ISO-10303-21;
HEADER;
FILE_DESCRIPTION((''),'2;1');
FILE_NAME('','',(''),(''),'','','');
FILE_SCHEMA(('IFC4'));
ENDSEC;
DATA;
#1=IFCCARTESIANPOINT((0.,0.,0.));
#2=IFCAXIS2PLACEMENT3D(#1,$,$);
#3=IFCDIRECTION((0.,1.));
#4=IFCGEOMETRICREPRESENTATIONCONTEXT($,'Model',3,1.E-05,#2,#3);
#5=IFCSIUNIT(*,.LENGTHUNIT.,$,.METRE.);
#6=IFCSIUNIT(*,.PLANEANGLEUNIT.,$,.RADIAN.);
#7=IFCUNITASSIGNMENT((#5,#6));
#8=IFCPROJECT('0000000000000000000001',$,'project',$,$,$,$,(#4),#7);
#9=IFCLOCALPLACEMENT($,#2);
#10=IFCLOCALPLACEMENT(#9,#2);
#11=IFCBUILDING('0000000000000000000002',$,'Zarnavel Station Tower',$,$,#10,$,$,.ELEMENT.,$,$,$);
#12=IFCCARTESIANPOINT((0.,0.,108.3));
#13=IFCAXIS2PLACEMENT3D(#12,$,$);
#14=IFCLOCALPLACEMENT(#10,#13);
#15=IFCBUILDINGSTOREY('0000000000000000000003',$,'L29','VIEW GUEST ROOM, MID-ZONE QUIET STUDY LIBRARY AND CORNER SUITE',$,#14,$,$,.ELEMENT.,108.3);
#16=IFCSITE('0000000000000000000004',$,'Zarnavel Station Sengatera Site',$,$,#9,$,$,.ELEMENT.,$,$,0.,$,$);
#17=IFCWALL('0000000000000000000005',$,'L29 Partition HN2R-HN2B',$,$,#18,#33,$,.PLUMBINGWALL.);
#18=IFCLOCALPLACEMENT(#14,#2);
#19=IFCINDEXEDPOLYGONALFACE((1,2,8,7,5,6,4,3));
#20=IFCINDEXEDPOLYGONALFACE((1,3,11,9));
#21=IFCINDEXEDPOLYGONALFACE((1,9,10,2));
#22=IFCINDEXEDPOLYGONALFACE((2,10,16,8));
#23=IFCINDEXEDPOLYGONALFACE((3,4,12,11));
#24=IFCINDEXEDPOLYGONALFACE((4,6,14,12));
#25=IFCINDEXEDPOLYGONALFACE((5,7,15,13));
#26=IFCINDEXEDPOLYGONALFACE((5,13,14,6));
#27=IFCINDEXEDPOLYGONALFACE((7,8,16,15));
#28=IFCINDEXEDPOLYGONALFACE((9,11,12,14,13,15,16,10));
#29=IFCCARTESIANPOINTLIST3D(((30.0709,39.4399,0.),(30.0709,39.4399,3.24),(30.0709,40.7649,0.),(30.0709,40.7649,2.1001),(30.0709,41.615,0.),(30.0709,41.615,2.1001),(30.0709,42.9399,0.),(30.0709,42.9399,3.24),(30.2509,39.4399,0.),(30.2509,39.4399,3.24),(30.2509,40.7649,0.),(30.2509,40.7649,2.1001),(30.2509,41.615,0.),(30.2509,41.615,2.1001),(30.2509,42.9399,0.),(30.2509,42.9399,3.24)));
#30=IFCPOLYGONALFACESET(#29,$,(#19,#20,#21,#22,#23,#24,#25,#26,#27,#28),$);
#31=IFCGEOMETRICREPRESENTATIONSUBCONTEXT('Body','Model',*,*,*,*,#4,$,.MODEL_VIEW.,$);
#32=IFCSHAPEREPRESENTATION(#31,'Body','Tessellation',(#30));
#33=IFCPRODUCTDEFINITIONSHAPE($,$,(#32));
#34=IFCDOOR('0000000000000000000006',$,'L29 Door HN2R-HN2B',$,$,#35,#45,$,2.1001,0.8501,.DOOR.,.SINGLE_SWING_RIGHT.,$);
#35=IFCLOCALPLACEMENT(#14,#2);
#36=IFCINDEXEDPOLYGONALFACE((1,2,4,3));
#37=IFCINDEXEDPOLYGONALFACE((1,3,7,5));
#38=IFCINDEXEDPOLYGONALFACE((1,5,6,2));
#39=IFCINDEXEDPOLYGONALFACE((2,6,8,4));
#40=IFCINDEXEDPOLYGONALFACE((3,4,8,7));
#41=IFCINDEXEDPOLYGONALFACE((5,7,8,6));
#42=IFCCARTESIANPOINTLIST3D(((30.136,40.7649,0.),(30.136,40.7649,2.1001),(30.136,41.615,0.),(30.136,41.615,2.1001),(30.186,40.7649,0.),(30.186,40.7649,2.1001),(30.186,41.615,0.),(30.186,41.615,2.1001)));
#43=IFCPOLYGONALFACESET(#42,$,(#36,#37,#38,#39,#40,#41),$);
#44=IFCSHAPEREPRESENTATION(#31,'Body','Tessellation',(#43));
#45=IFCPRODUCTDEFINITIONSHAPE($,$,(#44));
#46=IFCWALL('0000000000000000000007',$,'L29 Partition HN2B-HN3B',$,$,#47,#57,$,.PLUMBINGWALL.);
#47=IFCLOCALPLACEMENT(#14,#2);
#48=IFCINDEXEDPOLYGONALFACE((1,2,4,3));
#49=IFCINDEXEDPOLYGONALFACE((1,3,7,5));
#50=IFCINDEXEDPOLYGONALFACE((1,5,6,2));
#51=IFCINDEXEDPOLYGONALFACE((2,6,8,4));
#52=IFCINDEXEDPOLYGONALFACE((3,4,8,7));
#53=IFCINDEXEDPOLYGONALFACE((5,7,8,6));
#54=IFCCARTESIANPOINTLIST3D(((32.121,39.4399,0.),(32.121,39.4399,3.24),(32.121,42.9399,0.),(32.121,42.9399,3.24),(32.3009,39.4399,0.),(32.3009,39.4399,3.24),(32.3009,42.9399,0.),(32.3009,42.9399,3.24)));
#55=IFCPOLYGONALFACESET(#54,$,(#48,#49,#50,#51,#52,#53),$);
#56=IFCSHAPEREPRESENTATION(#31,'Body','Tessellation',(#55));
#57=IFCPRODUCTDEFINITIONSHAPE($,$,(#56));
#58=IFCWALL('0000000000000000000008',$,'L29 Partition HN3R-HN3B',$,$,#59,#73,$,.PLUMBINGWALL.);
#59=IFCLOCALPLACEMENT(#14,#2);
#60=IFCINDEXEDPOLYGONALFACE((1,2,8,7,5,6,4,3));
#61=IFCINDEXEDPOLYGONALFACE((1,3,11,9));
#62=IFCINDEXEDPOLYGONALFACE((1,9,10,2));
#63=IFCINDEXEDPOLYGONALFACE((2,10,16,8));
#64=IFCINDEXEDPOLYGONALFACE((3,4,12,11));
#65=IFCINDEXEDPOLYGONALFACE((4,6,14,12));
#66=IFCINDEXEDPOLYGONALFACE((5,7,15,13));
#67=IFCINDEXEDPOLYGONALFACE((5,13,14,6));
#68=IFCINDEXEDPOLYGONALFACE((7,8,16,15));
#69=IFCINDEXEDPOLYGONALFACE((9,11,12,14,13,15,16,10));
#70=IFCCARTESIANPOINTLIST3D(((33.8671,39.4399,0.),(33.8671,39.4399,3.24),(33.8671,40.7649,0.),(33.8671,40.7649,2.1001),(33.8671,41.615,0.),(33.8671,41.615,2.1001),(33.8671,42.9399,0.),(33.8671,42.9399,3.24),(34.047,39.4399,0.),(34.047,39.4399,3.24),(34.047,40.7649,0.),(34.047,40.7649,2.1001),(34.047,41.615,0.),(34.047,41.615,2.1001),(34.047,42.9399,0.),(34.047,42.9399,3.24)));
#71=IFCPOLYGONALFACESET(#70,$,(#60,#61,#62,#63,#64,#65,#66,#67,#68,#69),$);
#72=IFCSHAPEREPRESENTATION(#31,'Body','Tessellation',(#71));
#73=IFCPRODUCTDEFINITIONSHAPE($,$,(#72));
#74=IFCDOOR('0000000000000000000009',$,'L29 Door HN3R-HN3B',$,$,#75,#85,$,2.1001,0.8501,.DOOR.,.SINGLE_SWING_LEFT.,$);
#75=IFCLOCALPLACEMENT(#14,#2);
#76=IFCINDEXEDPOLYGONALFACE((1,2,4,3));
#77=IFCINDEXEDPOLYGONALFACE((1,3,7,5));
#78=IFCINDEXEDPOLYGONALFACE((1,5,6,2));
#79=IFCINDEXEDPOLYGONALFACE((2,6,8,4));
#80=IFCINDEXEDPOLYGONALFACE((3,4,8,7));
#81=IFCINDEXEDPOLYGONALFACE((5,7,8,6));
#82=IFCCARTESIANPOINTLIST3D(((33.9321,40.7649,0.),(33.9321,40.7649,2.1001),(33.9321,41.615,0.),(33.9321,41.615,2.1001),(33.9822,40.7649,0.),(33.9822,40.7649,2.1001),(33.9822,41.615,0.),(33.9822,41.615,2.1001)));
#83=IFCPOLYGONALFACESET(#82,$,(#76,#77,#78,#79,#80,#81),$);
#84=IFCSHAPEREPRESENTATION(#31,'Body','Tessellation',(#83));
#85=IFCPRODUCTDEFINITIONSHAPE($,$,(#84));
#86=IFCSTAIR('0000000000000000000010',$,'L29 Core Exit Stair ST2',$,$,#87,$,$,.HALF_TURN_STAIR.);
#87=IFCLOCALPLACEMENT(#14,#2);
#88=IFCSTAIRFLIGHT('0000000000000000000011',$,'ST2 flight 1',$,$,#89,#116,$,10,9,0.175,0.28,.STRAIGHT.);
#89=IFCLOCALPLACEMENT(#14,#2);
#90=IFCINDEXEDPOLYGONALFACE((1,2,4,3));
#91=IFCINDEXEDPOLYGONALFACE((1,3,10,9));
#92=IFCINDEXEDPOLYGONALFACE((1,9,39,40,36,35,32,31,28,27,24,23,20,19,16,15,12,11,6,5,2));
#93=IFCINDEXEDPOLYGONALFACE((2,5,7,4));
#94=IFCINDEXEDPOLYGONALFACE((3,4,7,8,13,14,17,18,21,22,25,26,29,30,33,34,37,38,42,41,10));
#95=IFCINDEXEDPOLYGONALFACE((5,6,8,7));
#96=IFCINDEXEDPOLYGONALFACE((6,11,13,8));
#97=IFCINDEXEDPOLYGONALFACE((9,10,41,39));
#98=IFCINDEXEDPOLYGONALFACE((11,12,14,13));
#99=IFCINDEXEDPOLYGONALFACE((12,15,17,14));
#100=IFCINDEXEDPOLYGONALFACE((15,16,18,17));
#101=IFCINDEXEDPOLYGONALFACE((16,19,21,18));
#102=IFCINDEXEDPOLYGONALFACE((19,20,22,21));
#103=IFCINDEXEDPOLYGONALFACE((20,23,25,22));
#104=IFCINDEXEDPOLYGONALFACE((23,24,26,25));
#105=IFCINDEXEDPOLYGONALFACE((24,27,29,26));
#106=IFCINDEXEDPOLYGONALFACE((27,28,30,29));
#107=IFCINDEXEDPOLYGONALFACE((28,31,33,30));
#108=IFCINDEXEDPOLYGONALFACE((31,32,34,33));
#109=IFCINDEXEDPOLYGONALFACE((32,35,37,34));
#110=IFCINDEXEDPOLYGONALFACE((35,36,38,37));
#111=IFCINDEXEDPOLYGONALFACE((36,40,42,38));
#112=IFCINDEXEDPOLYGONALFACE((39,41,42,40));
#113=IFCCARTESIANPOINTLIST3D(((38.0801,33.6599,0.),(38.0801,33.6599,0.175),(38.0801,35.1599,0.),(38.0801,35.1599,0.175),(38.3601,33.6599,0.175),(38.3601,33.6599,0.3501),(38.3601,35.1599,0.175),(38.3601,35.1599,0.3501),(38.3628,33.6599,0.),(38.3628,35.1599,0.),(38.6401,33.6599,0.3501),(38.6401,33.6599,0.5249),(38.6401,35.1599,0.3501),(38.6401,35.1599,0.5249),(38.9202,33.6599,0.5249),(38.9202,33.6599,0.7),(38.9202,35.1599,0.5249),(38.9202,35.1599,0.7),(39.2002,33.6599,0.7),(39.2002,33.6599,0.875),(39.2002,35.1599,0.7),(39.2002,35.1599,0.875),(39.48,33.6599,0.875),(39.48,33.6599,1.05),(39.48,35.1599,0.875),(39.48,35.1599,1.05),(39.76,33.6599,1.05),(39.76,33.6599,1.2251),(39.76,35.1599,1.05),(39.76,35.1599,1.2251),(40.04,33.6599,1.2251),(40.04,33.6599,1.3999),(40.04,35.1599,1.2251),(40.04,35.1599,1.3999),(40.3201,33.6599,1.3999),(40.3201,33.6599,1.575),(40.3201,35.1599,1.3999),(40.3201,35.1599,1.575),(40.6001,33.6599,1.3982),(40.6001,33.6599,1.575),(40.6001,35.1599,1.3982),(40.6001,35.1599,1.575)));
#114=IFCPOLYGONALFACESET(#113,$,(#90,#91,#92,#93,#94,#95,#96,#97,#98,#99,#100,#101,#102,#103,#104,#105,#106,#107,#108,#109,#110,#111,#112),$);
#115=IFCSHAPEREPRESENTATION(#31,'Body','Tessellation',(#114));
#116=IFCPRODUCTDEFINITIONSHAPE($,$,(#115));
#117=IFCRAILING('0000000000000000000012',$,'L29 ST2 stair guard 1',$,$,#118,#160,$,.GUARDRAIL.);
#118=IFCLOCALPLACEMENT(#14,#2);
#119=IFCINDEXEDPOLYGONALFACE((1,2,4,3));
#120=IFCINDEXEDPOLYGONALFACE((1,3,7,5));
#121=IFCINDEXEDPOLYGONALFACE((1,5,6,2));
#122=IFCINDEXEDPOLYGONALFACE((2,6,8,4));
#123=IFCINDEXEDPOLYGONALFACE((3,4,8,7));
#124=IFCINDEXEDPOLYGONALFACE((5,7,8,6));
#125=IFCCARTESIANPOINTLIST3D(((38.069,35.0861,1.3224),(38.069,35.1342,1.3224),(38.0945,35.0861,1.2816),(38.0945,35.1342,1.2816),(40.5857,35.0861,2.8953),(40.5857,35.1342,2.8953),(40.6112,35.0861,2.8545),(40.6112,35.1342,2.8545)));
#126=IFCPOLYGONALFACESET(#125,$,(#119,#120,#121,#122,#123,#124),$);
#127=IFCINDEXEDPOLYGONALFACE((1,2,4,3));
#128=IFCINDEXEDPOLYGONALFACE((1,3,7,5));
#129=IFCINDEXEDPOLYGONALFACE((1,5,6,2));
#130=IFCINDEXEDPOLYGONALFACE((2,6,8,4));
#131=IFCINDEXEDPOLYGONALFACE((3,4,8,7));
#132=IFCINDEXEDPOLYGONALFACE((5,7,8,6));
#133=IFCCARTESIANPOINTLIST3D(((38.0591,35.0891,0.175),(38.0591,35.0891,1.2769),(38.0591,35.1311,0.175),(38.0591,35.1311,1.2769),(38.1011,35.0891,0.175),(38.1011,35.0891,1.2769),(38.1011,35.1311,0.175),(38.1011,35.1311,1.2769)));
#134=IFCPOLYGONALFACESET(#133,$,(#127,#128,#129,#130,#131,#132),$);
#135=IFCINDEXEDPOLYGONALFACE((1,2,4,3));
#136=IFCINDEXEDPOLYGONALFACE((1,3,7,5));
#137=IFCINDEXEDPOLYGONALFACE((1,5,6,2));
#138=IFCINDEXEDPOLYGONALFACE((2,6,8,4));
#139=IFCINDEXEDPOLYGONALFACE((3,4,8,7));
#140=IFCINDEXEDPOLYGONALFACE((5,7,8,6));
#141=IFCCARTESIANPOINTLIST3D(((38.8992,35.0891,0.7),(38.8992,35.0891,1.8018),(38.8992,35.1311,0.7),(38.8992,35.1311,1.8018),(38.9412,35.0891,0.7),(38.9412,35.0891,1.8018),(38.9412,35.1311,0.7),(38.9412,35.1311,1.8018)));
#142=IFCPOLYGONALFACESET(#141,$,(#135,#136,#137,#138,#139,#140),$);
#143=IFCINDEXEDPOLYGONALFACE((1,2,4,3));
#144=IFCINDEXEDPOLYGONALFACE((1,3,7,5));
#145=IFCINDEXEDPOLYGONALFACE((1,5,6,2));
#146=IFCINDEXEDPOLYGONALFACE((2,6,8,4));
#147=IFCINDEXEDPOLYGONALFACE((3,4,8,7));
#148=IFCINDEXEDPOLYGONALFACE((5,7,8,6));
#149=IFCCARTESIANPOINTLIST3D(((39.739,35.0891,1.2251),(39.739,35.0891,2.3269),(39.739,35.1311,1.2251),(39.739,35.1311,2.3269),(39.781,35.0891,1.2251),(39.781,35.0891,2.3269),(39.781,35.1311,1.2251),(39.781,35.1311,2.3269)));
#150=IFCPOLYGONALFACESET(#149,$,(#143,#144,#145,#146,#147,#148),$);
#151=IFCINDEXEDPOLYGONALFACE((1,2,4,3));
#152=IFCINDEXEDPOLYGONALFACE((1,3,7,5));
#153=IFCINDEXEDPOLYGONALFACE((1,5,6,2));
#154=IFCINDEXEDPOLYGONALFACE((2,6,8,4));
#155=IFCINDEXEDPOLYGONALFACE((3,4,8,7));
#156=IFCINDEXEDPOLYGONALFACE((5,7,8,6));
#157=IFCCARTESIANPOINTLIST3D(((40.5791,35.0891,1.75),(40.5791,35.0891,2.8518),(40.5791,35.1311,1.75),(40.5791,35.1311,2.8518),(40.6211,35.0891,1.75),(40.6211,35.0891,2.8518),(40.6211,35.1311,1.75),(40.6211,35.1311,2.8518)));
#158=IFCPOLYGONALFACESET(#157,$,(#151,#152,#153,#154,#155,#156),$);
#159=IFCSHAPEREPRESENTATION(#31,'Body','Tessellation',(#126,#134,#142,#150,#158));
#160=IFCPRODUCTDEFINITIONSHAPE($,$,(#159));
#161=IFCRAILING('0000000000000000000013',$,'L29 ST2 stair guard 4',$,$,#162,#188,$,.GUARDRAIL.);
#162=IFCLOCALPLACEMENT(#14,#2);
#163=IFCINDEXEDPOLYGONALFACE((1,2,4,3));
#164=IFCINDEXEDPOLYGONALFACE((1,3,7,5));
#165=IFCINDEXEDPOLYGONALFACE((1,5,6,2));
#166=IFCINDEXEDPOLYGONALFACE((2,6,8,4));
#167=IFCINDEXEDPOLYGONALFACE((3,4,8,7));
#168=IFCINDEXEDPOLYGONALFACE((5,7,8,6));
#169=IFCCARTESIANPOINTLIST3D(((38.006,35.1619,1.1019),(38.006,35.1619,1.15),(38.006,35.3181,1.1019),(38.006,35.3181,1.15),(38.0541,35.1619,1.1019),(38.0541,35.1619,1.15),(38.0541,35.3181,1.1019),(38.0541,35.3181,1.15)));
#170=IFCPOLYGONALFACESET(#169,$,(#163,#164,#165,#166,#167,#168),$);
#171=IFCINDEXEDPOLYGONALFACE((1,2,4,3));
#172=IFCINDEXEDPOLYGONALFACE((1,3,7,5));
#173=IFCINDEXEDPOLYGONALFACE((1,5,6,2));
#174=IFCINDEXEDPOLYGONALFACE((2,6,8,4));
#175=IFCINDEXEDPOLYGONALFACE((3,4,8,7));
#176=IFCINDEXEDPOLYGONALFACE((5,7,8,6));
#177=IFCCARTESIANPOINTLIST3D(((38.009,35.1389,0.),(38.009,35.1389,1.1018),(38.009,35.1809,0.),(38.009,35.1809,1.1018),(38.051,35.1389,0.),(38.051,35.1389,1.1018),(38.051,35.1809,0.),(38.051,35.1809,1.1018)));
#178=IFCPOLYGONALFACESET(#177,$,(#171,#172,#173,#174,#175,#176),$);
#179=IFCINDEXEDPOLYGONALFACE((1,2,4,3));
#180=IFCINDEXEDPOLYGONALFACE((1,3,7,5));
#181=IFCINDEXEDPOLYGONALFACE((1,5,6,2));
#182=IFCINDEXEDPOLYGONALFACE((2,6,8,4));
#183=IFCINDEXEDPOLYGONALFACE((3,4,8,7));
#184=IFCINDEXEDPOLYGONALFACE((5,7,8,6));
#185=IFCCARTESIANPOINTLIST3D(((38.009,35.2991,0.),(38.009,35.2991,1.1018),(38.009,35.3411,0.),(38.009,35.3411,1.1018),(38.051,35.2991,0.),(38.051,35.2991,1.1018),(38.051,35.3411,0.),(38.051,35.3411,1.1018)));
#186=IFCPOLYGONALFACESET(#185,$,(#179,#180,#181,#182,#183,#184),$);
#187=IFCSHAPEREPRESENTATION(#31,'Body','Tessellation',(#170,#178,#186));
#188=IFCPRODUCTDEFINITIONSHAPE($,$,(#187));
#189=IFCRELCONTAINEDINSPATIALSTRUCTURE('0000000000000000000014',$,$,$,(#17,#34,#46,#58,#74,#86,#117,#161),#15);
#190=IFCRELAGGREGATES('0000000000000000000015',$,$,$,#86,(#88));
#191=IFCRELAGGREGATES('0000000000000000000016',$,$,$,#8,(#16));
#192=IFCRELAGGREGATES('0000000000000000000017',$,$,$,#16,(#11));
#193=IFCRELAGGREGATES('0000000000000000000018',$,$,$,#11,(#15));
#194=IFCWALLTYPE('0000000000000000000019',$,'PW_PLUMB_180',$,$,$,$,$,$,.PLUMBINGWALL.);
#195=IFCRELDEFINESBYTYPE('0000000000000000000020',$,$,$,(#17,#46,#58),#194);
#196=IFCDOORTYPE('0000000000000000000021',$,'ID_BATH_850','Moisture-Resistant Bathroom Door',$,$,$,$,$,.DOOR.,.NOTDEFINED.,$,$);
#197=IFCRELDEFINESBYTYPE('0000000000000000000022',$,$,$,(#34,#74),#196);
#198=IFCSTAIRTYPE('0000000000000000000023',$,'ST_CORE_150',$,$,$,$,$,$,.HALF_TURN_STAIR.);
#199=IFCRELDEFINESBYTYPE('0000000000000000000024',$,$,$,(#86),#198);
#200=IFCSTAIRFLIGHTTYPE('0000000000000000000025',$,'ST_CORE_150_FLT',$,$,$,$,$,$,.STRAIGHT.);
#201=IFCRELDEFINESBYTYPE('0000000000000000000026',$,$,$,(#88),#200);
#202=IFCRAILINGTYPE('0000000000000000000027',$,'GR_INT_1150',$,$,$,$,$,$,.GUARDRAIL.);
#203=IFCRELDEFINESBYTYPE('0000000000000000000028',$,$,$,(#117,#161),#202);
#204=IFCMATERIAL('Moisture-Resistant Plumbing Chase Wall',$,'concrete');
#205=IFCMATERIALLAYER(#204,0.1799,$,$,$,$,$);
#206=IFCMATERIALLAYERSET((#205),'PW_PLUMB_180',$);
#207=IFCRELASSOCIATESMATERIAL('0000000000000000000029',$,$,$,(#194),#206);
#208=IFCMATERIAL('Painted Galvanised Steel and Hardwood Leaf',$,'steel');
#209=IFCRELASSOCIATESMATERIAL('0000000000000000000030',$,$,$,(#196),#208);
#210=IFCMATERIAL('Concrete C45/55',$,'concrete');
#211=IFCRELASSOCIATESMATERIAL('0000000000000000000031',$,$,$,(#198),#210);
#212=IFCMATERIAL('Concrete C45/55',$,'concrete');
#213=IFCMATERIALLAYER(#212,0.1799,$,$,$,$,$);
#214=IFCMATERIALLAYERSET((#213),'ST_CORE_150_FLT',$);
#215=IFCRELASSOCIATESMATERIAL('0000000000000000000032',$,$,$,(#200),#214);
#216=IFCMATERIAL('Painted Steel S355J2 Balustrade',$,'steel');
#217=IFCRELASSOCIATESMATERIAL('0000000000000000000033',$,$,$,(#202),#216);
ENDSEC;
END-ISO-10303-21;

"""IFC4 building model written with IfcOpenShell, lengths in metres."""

from ifc_helpers import new_model, si_unit, direction, frame, frame_2d, origin, origin_2d, place, context, subcontext, project, spatial, polyline, rectangle, outline, extrude, material, layer, layer_set, type_object, element, fill, aggregate, save


model = new_model("IFC4")

# Units and contexts
model_context = context("Model", 3, precision=1e-05, world=origin(), true_north=direction((0.0, 1.0)))
body_context = subcontext(model_context, "Body", "Model", "MODEL_VIEW")
ifc_project = project(units=[si_unit("LENGTHUNIT", "METRE"), si_unit("PLANEANGLEUNIT", "RADIAN")], contexts=[model_context])

# Site, building, storey
site_placement = place(None, origin())
site = spatial("IfcSite", under=ifc_project, at=site_placement, Name="Zarnavel Station Sengatera Site", CompositionType="ELEMENT", RefElevation=0.0)
building_placement = place(site_placement, origin())
building = spatial("IfcBuilding", under=site, at=building_placement, Name="Zarnavel Station Tower", CompositionType="ELEMENT")
storey_placement = place(building_placement, frame((0.0, 0.0, 108.3)))
storey = spatial("IfcBuildingStorey", under=building, at=storey_placement, Name="L29", Description="VIEW GUEST ROOM, MID-ZONE QUIET STUDY LIBRARY AND CORNER SUITE", CompositionType="ELEMENT", Elevation=108.3)

# Shared definitions
ifc_material_1 = material(Name="Moisture-Resistant Plumbing Chase Wall", Category="concrete")
ifc_layer_1 = layer(ifc_material_1, 0.1799)
ifc_layer_set_1 = layer_set([ifc_layer_1], Name="PW_PLUMB_180")
wall_type_1 = type_object("IfcWallType", Name="PW_PLUMB_180", PredefinedType="PLUMBINGWALL", material=ifc_layer_set_1)

# Wall, opening, door
wall_1_placement = place(storey_placement, frame((30.1609, 39.4399, 0.0), z_axis=(0.0, 0.0, 1.0), x_axis=(0.0, 1.0, 0.0)))
wall_1 = element("IfcWall", 1, at=wall_1_placement, inside=storey, type_object=wall_type_1, Name="L29 Partition HN2R-HN2B", PredefinedType="PLUMBINGWALL", context=body_context, shape_type="SweptSolid", body=[
    extrude(rectangle(XDim=3.5, YDim=0.1799, at=frame_2d((1.75, 0.0))), origin(), (0.0, 0.0, 1.0), 3.24),
])
opening_1_placement = place(wall_1_placement, frame((1.325, 0.0, 0.0)))
opening_1 = element("IfcOpeningElement", 2, at=opening_1_placement, cuts=wall_1, PredefinedType="OPENING", context=body_context, shape_type="SweptSolid", body=[
    extrude(rectangle(XDim=0.8501, YDim=2.1001, at=frame_2d((0.425, 1.05))), frame((0.0, 0.0999, 0.0), z_axis=(0.0, -1.0, 0.0), x_axis=(1.0, 0.0, 0.0)), (0.0, 0.0, 1.0), 0.2),
])
ifc_material_2 = material(Name="Painted Galvanised Steel and Hardwood Leaf", Category="steel")
door_type_1 = type_object("IfcDoorType", Name="ID_BATH_850", Description="Moisture-Resistant Bathroom Door", OperationType="NOTDEFINED", PredefinedType="DOOR", material=ifc_material_2)
door_1_placement = place(opening_1_placement, origin())
door_1 = element("IfcDoor", 3, at=door_1_placement, inside=storey, type_object=door_type_1, Name="L29 Door HN2R-HN2B", OperationType="SINGLE_SWING_RIGHT", OverallHeight=2.1001, OverallWidth=0.8501, PredefinedType="DOOR", context=body_context, shape_type="SweptSolid", body=[
    extrude(rectangle(XDim=0.8501, YDim=2.1001, at=frame_2d((0.425, 1.05))), frame((0.0, 0.0249, 0.0), z_axis=(0.0, -1.0, 0.0), x_axis=(1.0, 0.0, 0.0)), (0.0, 0.0, 1.0), 0.05),
])
fill(opening_1, door_1)

# Wall
wall_2_placement = place(storey_placement, frame((32.2109, 39.4399, 0.0), z_axis=(0.0, 0.0, 1.0), x_axis=(0.0, 1.0, 0.0)))
element("IfcWall", 4, at=wall_2_placement, inside=storey, type_object=wall_type_1, Name="L29 Partition HN2B-HN3B", PredefinedType="PLUMBINGWALL", context=body_context, shape_type="SweptSolid", body=[
    extrude(rectangle(XDim=3.5, YDim=0.1799, at=frame_2d((1.75, 0.0))), origin(), (0.0, 0.0, 1.0), 3.24),
])

# Wall, opening, door
wall_3_placement = place(storey_placement, frame((33.957, 39.4399, 0.0), z_axis=(0.0, 0.0, 1.0), x_axis=(0.0, 1.0, 0.0)))
wall_3 = element("IfcWall", 5, at=wall_3_placement, inside=storey, type_object=wall_type_1, Name="L29 Partition HN3R-HN3B", PredefinedType="PLUMBINGWALL", context=body_context, shape_type="SweptSolid", body=[
    extrude(rectangle(XDim=3.5, YDim=0.1799, at=frame_2d((1.75, 0.0))), origin(), (0.0, 0.0, 1.0), 3.24),
])
opening_2_placement = place(wall_3_placement, frame((1.325, 0.0, 0.0)))
opening_2 = element("IfcOpeningElement", 6, at=opening_2_placement, cuts=wall_3, PredefinedType="OPENING", context=body_context, shape_type="SweptSolid", body=[
    extrude(rectangle(XDim=0.8501, YDim=2.1001, at=frame_2d((0.425, 1.05))), frame((0.0, 0.0999, 0.0), z_axis=(0.0, -1.0, 0.0), x_axis=(1.0, 0.0, 0.0)), (0.0, 0.0, 1.0), 0.2),
])
door_2_placement = place(opening_2_placement, origin())
door_2 = element("IfcDoor", 7, at=door_2_placement, inside=storey, type_object=door_type_1, Name="L29 Door HN3R-HN3B", OperationType="SINGLE_SWING_LEFT", OverallHeight=2.1001, OverallWidth=0.8501, PredefinedType="DOOR", context=body_context, shape_type="SweptSolid", body=[
    extrude(rectangle(XDim=0.8501, YDim=2.1001, at=frame_2d((0.425, 1.05))), frame((0.0, 0.0249, 0.0), z_axis=(0.0, -1.0, 0.0), x_axis=(1.0, 0.0, 0.0)), (0.0, 0.0, 1.0), 0.05),
])
fill(opening_2, door_2)

# Stair, stair flight
ifc_material_3 = material(Name="Concrete C45/55", Category="concrete")
stair_type = type_object("IfcStairType", Name="ST_CORE_150", PredefinedType="HALF_TURN_STAIR", material=ifc_material_3)
stair_placement = place(storey_placement, origin())
stair = element("IfcStair", 8, at=stair_placement, inside=storey, type_object=stair_type, Name="L29 Core Exit Stair ST2", PredefinedType="HALF_TURN_STAIR")
ifc_material_4 = material(Name="Concrete C45/55", Category="concrete")
ifc_layer_2 = layer(ifc_material_4, 0.1799)
ifc_layer_set_2 = layer_set([ifc_layer_2], Name="ST_CORE_150_FLT")
stair_flight_type = type_object("IfcStairFlightType", Name="ST_CORE_150_FLT", PredefinedType="STRAIGHT", material=ifc_layer_set_2)
stair_flight_placement = place(storey_placement, frame((38.0801, 34.4099, 0.0), z_axis=(0.0, 0.0, 1.0), x_axis=(1.0, 0.0, 0.0)))
stair_flight = element("IfcStairFlight", 9, at=stair_flight_placement, type_object=stair_flight_type, Name="ST2 flight 1", NumberOfRisers=10, NumberOfTreads=9, PredefinedType="STRAIGHT", RiserHeight=0.175, TreadLength=0.28, context=body_context, shape_type="SweptSolid", body=[
    extrude(outline(polyline([(0.0, 0.0), (0.0, 0.175), (0.28, 0.175), (0.28, 0.3501), (0.5601, 0.3501), (0.5601, 0.5249), (0.8401, 0.5249), (0.8401, 0.7), (1.1201, 0.7), (1.1201, 0.875), (1.3999, 0.875), (1.3999, 1.05), (1.6799, 1.05), (1.6799, 1.2251), (1.96, 1.2251), (1.96, 1.3999), (2.24, 1.3999), (2.24, 1.575), (2.52, 1.575), (2.52, 1.75), (2.52, 1.3982), (0.2827, 0.0), (0.0, 0.0)])), frame((0.0, 0.75, 0.0), z_axis=(0.0, -1.0, 0.0), x_axis=(1.0, 0.0, 0.0)), (0.0, 0.0, 1.0), 1.5),
])
aggregate(stair, [stair_flight])

# Railings
ifc_material_5 = material(Name="Painted Steel S355J2 Balustrade", Category="steel")
railing_type_1 = type_object("IfcRailingType", Name="GR_INT_1150", PredefinedType="GUARDRAIL", material=ifc_material_5)
railing_1_placement = place(storey_placement, frame((38.0801, 35.1101, 0.175)))
element("IfcRailing", 10, at=railing_1_placement, inside=storey, type_object=railing_type_1, Name="L29 ST2 stair guard 1", PredefinedType="GUARDRAIL", context=body_context, shape_type="SweptSolid", body=[
    extrude(rectangle(XDim=0.0481, YDim=0.0481, at=origin_2d()), frame((0.0017, 0.0, 1.127), z_axis=(0.848008, 0.0, 0.529984), x_axis=(0.0, 1.0, 0.0)), (0.0, 0.0, 1.0), 2.9678),
    extrude(rectangle(XDim=0.042, YDim=0.042, at=origin_2d()), origin(), (0.0, 0.0, 1.0), 1.1018),
    extrude(rectangle(XDim=0.042, YDim=0.042, at=origin_2d()), frame((0.8401, 0.0, 0.5249)), (0.0, 0.0, 1.0), 1.1018),
    extrude(rectangle(XDim=0.042, YDim=0.042, at=origin_2d()), frame((1.6799, 0.0, 1.05)), (0.0, 0.0, 1.0), 1.1018),
    extrude(rectangle(XDim=0.042, YDim=0.042, at=origin_2d()), frame((2.52, 0.0, 1.575)), (0.0, 0.0, 1.0), 1.1018),
])
railing_2_placement = place(storey_placement, frame((38.03, 35.1599, 0.0)))
element("IfcRailing", 11, at=railing_2_placement, inside=storey, type_object=railing_type_1, Name="L29 ST2 stair guard 4", PredefinedType="GUARDRAIL", context=body_context, shape_type="SweptSolid", body=[
    extrude(rectangle(XDim=0.0481, YDim=0.0481, at=origin_2d()), frame((0.0, 0.002, 1.126), z_axis=(0.0, 1.0, 0.0), x_axis=(-1.0, 0.0, 0.0)), (0.0, 0.0, 1.0), 0.1562),
    extrude(rectangle(XDim=0.042, YDim=0.042, at=origin_2d()), origin(), (0.0, 0.0, 1.0), 1.1018),
    extrude(rectangle(XDim=0.042, YDim=0.042, at=origin_2d()), frame((0.0, 0.1602, 0.0)), (0.0, 0.0, 1.0), 1.1018),
])

save(model, "model.ifc")
